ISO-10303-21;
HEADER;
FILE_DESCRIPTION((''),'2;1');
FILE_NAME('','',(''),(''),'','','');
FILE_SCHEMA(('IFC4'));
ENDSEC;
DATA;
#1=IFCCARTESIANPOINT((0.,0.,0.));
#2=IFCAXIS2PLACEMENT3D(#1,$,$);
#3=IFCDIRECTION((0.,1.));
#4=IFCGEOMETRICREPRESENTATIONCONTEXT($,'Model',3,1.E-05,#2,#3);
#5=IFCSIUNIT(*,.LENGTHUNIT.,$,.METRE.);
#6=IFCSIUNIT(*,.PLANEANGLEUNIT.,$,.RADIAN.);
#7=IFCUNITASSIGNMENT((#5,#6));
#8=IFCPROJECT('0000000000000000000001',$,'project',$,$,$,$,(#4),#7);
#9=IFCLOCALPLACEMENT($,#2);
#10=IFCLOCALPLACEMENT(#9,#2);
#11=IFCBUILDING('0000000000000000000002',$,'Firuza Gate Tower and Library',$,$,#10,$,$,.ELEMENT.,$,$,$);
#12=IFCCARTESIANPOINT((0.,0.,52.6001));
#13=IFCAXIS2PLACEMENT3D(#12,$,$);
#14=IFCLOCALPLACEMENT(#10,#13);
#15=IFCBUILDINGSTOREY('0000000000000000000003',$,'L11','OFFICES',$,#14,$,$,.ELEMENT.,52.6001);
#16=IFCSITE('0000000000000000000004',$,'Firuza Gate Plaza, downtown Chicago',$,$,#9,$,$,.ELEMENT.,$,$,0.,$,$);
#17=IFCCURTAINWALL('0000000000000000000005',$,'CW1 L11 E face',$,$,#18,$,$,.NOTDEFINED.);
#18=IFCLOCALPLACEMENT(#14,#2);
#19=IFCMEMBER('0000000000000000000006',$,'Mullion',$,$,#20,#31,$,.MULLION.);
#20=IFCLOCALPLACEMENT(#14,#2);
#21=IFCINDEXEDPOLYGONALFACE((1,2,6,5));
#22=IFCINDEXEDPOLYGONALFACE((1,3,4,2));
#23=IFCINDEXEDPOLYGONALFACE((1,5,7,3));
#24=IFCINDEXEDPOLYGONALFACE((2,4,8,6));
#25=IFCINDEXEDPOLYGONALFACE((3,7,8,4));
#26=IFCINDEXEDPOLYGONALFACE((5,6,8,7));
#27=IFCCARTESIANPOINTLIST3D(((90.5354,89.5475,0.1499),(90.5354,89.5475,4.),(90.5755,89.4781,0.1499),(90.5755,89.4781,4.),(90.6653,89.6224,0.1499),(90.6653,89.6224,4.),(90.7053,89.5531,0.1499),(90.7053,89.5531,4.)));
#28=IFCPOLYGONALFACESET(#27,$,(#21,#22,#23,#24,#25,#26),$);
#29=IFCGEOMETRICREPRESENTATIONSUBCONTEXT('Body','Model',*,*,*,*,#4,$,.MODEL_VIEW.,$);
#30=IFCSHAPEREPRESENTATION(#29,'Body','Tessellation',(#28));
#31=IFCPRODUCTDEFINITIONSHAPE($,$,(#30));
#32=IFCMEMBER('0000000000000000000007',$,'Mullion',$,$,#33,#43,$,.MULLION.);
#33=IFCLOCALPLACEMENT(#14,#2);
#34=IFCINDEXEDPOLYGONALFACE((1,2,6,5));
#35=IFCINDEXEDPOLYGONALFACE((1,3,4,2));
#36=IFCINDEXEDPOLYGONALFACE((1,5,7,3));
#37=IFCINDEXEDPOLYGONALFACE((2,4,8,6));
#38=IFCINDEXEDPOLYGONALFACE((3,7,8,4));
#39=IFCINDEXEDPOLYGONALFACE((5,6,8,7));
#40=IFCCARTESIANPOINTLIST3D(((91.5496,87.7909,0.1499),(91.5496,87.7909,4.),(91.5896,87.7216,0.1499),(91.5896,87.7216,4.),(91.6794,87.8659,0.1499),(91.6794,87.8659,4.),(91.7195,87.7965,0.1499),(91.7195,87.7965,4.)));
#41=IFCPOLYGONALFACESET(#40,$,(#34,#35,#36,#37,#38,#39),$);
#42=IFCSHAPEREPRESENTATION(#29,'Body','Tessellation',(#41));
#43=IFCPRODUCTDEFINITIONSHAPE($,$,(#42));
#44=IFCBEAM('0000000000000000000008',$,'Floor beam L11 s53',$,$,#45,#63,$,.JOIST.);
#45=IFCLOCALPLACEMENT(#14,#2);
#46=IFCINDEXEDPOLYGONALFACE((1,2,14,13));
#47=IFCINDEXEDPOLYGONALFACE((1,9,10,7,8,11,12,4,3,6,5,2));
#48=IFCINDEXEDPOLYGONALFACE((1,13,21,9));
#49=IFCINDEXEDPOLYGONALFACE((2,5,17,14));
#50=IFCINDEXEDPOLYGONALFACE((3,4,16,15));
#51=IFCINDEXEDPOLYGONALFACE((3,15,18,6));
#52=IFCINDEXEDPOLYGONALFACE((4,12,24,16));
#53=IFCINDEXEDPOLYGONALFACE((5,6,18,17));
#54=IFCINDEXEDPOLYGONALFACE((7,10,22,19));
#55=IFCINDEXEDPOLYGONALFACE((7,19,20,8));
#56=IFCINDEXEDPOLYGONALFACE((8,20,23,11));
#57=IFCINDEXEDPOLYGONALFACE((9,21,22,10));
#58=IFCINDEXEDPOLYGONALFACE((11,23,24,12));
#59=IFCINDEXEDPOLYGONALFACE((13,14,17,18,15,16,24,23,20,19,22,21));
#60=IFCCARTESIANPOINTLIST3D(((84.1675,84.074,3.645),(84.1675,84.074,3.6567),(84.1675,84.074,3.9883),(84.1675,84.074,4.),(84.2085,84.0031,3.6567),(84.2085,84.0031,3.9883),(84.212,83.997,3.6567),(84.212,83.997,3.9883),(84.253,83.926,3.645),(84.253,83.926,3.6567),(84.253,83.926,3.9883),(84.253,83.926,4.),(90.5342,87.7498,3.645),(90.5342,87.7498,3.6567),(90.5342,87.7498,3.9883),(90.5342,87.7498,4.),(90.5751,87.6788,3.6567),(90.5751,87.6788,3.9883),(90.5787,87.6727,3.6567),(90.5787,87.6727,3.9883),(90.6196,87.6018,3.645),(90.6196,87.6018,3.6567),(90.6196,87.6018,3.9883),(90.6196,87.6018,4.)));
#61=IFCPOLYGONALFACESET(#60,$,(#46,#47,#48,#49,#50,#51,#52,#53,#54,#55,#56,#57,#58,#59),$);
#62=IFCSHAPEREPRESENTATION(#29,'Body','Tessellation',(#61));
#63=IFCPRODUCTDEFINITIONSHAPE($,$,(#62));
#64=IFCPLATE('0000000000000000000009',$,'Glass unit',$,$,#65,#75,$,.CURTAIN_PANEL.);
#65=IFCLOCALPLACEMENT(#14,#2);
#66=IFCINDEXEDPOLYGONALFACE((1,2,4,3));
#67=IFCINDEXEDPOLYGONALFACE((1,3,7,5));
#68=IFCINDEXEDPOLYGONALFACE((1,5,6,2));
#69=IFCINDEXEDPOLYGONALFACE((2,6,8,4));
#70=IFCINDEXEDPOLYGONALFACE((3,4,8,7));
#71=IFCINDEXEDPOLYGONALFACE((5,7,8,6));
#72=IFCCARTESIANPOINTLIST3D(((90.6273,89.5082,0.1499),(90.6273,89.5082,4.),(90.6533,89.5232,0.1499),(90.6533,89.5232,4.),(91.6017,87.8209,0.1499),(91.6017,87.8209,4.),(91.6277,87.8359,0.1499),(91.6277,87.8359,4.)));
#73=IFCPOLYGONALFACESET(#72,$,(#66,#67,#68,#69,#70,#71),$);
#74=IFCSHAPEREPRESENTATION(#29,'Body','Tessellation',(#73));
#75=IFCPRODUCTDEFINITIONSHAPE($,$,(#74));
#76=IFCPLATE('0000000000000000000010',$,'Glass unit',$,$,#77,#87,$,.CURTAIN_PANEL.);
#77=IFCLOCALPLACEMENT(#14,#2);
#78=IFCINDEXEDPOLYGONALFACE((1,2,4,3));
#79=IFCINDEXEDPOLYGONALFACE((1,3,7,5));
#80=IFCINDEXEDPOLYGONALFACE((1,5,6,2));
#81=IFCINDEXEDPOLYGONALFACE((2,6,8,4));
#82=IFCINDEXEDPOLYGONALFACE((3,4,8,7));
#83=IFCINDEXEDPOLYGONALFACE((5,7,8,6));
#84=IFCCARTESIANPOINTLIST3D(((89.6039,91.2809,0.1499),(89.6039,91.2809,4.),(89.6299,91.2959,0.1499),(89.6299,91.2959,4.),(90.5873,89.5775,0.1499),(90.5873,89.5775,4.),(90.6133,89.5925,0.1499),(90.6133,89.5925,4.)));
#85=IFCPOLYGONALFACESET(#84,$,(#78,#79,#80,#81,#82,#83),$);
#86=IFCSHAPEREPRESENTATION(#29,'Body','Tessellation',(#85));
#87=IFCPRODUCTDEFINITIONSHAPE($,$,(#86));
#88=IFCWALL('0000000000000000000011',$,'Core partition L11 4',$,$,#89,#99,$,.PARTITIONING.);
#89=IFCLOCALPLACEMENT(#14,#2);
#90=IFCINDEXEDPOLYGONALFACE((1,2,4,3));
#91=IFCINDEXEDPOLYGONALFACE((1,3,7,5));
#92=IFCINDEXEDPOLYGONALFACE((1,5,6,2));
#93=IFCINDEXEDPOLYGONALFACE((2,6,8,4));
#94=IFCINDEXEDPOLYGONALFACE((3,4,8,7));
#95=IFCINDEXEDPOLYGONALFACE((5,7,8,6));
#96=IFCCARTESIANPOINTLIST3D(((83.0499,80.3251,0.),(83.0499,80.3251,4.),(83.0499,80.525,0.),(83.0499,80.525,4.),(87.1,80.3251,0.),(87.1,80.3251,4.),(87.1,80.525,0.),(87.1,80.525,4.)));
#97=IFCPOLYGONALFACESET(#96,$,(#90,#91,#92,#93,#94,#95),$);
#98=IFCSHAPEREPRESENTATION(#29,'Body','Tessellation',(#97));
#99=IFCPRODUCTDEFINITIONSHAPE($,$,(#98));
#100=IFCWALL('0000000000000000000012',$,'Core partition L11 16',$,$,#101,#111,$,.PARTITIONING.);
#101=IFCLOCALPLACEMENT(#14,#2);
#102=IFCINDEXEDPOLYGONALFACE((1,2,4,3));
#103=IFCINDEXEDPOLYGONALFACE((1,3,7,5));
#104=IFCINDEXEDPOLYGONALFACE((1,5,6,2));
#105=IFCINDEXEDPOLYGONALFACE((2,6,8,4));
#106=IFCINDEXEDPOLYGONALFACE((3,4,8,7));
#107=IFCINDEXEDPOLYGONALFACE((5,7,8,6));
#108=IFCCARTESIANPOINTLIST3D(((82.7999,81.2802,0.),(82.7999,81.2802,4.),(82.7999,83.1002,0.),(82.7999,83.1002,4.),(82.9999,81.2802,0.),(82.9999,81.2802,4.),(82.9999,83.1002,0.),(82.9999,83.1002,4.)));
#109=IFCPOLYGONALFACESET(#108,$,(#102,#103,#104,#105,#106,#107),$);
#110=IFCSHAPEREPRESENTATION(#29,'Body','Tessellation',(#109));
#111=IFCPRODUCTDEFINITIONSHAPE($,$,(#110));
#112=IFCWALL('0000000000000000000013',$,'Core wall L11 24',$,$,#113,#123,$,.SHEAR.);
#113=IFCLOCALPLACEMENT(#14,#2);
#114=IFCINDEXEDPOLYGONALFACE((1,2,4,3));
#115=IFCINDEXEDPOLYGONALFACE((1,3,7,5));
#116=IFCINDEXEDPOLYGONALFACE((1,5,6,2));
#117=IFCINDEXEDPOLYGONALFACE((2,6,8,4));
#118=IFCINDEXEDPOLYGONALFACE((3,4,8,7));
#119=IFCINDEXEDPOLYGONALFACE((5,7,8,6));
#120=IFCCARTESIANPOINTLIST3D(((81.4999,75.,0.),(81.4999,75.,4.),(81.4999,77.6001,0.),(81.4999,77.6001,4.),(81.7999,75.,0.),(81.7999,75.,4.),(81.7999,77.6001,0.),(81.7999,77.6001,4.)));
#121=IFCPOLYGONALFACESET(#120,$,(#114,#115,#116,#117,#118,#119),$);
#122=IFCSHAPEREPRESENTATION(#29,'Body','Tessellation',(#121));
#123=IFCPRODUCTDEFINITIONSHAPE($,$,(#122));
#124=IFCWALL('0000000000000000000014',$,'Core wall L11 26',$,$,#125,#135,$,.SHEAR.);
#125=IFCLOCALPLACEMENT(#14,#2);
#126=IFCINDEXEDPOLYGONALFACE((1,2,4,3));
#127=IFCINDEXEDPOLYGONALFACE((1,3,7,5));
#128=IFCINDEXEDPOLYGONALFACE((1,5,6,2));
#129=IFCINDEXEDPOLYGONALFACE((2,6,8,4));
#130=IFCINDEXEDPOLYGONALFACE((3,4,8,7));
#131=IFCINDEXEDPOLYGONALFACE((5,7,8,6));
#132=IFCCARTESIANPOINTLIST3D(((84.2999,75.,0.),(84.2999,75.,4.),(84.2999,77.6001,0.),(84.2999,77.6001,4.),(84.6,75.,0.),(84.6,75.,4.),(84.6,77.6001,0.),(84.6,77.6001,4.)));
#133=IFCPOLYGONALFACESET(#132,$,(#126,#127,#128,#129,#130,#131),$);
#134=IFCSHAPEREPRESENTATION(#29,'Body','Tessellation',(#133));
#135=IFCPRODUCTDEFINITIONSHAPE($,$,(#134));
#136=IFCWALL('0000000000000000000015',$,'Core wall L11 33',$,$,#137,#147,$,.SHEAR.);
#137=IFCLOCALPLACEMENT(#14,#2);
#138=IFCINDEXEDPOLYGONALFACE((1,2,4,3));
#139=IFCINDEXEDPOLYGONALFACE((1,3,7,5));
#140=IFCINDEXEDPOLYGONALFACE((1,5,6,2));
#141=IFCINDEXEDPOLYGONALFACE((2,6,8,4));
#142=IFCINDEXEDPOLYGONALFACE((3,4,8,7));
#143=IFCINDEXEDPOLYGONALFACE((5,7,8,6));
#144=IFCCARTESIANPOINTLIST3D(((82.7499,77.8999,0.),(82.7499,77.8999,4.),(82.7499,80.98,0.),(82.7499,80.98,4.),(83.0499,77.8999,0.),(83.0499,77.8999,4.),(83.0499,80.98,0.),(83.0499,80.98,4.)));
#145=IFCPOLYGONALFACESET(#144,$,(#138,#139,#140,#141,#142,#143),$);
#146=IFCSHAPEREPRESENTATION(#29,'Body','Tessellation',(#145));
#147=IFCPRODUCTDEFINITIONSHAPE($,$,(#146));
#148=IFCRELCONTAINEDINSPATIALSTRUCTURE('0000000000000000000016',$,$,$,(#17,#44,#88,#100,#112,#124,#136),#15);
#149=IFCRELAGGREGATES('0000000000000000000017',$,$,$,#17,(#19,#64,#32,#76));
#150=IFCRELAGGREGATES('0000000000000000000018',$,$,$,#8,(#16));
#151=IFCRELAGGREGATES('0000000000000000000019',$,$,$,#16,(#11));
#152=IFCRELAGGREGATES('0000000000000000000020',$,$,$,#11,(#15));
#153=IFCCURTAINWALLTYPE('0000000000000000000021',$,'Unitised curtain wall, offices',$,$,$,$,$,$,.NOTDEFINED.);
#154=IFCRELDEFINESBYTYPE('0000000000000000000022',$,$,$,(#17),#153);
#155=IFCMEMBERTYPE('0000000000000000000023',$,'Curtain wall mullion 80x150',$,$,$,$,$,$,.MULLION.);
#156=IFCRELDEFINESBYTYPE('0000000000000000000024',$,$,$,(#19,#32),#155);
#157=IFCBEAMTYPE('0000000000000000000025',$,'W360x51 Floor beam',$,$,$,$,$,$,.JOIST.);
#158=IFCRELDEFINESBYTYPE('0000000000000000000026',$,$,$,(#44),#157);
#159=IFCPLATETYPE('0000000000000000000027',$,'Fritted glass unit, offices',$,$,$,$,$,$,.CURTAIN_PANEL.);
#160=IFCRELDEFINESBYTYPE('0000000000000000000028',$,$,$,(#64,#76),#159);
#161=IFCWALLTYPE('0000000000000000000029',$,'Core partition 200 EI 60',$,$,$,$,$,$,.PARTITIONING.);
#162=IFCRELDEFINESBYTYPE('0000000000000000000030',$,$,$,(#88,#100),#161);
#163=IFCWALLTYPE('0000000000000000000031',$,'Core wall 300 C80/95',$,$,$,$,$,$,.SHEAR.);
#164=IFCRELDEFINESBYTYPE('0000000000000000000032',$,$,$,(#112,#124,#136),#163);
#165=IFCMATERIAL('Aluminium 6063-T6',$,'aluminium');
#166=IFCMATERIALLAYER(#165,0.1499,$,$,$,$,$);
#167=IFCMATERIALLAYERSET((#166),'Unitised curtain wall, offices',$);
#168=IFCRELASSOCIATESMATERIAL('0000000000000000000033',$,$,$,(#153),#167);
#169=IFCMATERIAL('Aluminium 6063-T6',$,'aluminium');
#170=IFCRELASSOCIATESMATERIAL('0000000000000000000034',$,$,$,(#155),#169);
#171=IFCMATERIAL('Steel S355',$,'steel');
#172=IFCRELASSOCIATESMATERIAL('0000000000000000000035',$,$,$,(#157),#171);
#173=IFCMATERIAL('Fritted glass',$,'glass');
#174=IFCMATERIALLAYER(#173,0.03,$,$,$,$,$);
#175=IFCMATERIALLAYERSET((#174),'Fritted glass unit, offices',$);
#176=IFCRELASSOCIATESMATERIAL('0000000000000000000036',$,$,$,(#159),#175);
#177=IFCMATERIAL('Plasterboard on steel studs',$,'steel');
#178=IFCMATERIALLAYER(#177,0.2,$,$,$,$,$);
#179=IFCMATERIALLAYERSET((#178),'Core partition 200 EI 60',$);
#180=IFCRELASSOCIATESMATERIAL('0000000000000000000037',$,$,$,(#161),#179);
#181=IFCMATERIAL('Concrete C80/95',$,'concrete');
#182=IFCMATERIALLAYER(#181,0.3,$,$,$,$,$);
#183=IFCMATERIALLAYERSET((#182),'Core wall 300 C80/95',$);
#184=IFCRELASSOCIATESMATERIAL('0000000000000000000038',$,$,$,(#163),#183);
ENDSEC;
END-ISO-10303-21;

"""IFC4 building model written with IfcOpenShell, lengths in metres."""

from ifc_helpers import new_model, si_unit, direction, frame, frame_2d, origin, origin_2d, place, context, subcontext, project, spatial, polyline, rectangle, i_section, outline, extrude, material, layer, layer_set, material_profile, profile_set, type_object, element, aggregate, save


model = new_model("IFC4")

# Units and contexts
model_context = context("Model", 3, precision=1e-05, world=origin(), true_north=direction((0.0, 1.0)))
body_context = subcontext(model_context, "Body", "Model", "MODEL_VIEW")
ifc_project = project(units=[si_unit("LENGTHUNIT", "METRE"), si_unit("PLANEANGLEUNIT", "RADIAN")], contexts=[model_context])

# Site, building, storey
site_placement = place(None, origin())
site = spatial("IfcSite", under=ifc_project, at=site_placement, Name="Firuza Gate Plaza, downtown Chicago", CompositionType="ELEMENT", RefElevation=0.0)
building_placement = place(site_placement, origin())
building = spatial("IfcBuilding", under=site, at=building_placement, Name="Firuza Gate Tower and Library", CompositionType="ELEMENT")
storey_placement = place(building_placement, frame((0.0, 0.0, 52.6001)))
storey = spatial("IfcBuildingStorey", under=building, at=storey_placement, Name="L11", Description="OFFICES", CompositionType="ELEMENT", Elevation=52.6001)

# Curtain wall, members
ifc_material_1 = material(Name="Aluminium 6063-T6", Category="aluminium")
ifc_layer_1 = layer(ifc_material_1, 0.1499)
ifc_layer_set_1 = layer_set([ifc_layer_1], Name="Unitised curtain wall, offices")
curtain_wall_type = type_object("IfcCurtainWallType", Name="Unitised curtain wall, offices", PredefinedType="NOTDEFINED", material=ifc_layer_set_1)
curtain_wall_placement = place(storey_placement, origin())
curtain_wall = element("IfcCurtainWall", 1, at=curtain_wall_placement, inside=storey, type_object=curtain_wall_type, Name="CW1 L11 E face", PredefinedType="NOTDEFINED")
ifc_material_2 = material(Name="Aluminium 6063-T6", Category="aluminium")
ifc_material_profile_1 = material_profile(ifc_material_2, rectangle(XDim=0.1499, YDim=0.0801, at=origin_2d()))
ifc_profile_set_1 = profile_set([ifc_material_profile_1], Name="Aluminium 6063-T6")
member_type = type_object("IfcMemberType", Name="Curtain wall mullion 80x150", PredefinedType="MULLION", material=ifc_profile_set_1)
member_1_placement = place(storey_placement, frame((90.6204, 89.5503, 0.1499), z_axis=(0.0, 0.0, 1.0), x_axis=(-0.866025, -0.5, 0.0)))
member_1 = element("IfcMember", 2, at=member_1_placement, type_object=member_type, Name="Mullion", PredefinedType="MULLION", context=body_context, shape_type="SweptSolid", body=[
    extrude(rectangle(XDim=0.1499, YDim=0.0801, at=origin_2d()), origin(), (0.0, 0.0, 1.0), 3.8501),
])
member_2_placement = place(storey_placement, frame((91.6345, 87.7937, 0.1499), z_axis=(0.0, 0.0, 1.0), x_axis=(-0.866025, -0.5, 0.0)))
member_2 = element("IfcMember", 3, at=member_2_placement, type_object=member_type, Name="Mullion", PredefinedType="MULLION", context=body_context, shape_type="SweptSolid", body=[
    extrude(rectangle(XDim=0.1499, YDim=0.0801, at=origin_2d()), origin(), (0.0, 0.0, 1.0), 3.8501),
])

# Beam
ifc_material_3 = material(Name="Steel S355", Category="steel")
ifc_material_profile_2 = material_profile(ifc_material_3, i_section(OverallWidth=0.1709, OverallDepth=0.355, WebThickness=0.0071, FlangeThickness=0.0117, at=origin_2d()))
ifc_profile_set_2 = profile_set([ifc_material_profile_2], Name="Steel S355")
beam_type = type_object("IfcBeamType", Name="W360x51 Floor beam", PredefinedType="JOIST", material=ifc_profile_set_2)
beam_placement = place(storey_placement, frame((90.5769, 87.6758, 3.8225), z_axis=(-0.866027, -0.499997, 0.0), x_axis=(0.499997, -0.866027, 0.0)))
element("IfcBeam", 4, at=beam_placement, inside=storey, type_object=beam_type, Name="Floor beam L11 s53", PredefinedType="JOIST", context=body_context, shape_type="SweptSolid", body=[
    extrude(i_section(OverallWidth=0.1709, OverallDepth=0.355, WebThickness=0.0071, FlangeThickness=0.0117, at=origin_2d()), origin(), (0.0, 0.0, 1.0), 7.3516),
])

# Plates
ifc_material_4 = material(Name="Fritted glass", Category="glass")
ifc_layer_2 = layer(ifc_material_4, 0.03)
ifc_layer_set_2 = layer_set([ifc_layer_2], Name="Fritted glass unit, offices")
plate_type = type_object("IfcPlateType", Name="Fritted glass unit, offices", PredefinedType="CURTAIN_PANEL", material=ifc_layer_set_2)
plate_1_placement = place(storey_placement, frame((91.6277, 87.8359, 0.1499), z_axis=(0.865975, 0.500088, 0.0), x_axis=(-0.500088, 0.865975, 0.0)))
plate_1 = element("IfcPlate", 5, at=plate_1_placement, type_object=plate_type, Name="Glass unit", PredefinedType="CURTAIN_PANEL", context=body_context, shape_type="SweptSolid", body=[
    extrude(outline(polyline([(0.0, 0.0), (1.9484, 0.0), (1.9484, 3.8501), (0.0, 3.8501), (0.0, 0.0)])), origin(), (0.0, 0.0, -1.0), 0.03),
])
plate_2_placement = place(storey_placement, frame((90.6133, 89.5925, 0.1499), z_axis=(0.866035, 0.499984, 0.0), x_axis=(-0.499984, 0.866035, 0.0)))
plate_2 = element("IfcPlate", 6, at=plate_2_placement, type_object=plate_type, Name="Glass unit", PredefinedType="CURTAIN_PANEL", context=body_context, shape_type="SweptSolid", body=[
    extrude(outline(polyline([(0.0, 0.0), (1.9669, 0.0), (1.9669, 3.8501), (0.0, 3.8501), (0.0, 0.0)])), origin(), (0.0, 0.0, -1.0), 0.03),
])
aggregate(curtain_wall, [member_1, plate_1, member_2, plate_2])

# Walls
ifc_material_5 = material(Name="Plasterboard on steel studs", Category="steel")
ifc_layer_3 = layer(ifc_material_5, 0.2)
ifc_layer_set_3 = layer_set([ifc_layer_3], Name="Core partition 200 EI 60")
wall_type_1 = type_object("IfcWallType", Name="Core partition 200 EI 60", PredefinedType="PARTITIONING", material=ifc_layer_set_3)
wall_1_placement = place(storey_placement, frame((83.05, 80.425, 0.0), z_axis=(0.0, 0.0, 1.0), x_axis=(1.0, 0.0, 0.0)))
element("IfcWall", 7, at=wall_1_placement, inside=storey, type_object=wall_type_1, Name="Core partition L11 4", PredefinedType="PARTITIONING", context=body_context, shape_type="SweptSolid", body=[
    extrude(rectangle(XDim=4.05, YDim=0.2, at=frame_2d((2.0249, 0.0))), origin(), (0.0, 0.0, 1.0), 4.0),
])
wall_2_placement = place(storey_placement, frame((82.8999, 81.28, 0.0), z_axis=(0.0, 0.0, 1.0), x_axis=(0.0, 1.0, 0.0)))
element("IfcWall", 8, at=wall_2_placement, inside=storey, type_object=wall_type_1, Name="Core partition L11 16", PredefinedType="PARTITIONING", context=body_context, shape_type="SweptSolid", body=[
    extrude(rectangle(XDim=1.8201, YDim=0.2, at=frame_2d((0.9102, 0.0))), origin(), (0.0, 0.0, 1.0), 4.0),
])
ifc_material_6 = material(Name="Concrete C80/95", Category="concrete")
ifc_layer_4 = layer(ifc_material_6, 0.3)
ifc_layer_set_4 = layer_set([ifc_layer_4], Name="Core wall 300 C80/95")
wall_type_2 = type_object("IfcWallType", Name="Core wall 300 C80/95", PredefinedType="SHEAR", material=ifc_layer_set_4)
for number, where, z_axis, x_axis, name in (
    (9, (81.6499, 75.0, 0.0), (0.0, 0.0, 1.0), (0.0, 1.0, 0.0), "Core wall L11 24"),
    (10, (84.45, 75.0, 0.0), (0.0, 0.0, 1.0), (0.0, 1.0, 0.0), "Core wall L11 26"),
):
    element("IfcWall", number, at=place(storey_placement, frame(where, z_axis=z_axis, x_axis=x_axis)), inside=storey, type_object=wall_type_2, Name=name, PredefinedType="SHEAR", context=body_context, shape_type="SweptSolid", body=[
        extrude(rectangle(XDim=2.6001, YDim=0.3, at=frame_2d((1.3, 0.0))), origin(), (0.0, 0.0, 1.0), 4.0),
    ])
wall_3_placement = place(storey_placement, frame((82.8999, 77.8999, 0.0), z_axis=(0.0, 0.0, 1.0), x_axis=(0.0, 1.0, 0.0)))
element("IfcWall", 11, at=wall_3_placement, inside=storey, type_object=wall_type_2, Name="Core wall L11 33", PredefinedType="SHEAR", context=body_context, shape_type="SweptSolid", body=[
    extrude(rectangle(XDim=3.0801, YDim=0.3, at=frame_2d((1.54, 0.0))), origin(), (0.0, 0.0, 1.0), 4.0),
])

save(model, "model.ifc")
